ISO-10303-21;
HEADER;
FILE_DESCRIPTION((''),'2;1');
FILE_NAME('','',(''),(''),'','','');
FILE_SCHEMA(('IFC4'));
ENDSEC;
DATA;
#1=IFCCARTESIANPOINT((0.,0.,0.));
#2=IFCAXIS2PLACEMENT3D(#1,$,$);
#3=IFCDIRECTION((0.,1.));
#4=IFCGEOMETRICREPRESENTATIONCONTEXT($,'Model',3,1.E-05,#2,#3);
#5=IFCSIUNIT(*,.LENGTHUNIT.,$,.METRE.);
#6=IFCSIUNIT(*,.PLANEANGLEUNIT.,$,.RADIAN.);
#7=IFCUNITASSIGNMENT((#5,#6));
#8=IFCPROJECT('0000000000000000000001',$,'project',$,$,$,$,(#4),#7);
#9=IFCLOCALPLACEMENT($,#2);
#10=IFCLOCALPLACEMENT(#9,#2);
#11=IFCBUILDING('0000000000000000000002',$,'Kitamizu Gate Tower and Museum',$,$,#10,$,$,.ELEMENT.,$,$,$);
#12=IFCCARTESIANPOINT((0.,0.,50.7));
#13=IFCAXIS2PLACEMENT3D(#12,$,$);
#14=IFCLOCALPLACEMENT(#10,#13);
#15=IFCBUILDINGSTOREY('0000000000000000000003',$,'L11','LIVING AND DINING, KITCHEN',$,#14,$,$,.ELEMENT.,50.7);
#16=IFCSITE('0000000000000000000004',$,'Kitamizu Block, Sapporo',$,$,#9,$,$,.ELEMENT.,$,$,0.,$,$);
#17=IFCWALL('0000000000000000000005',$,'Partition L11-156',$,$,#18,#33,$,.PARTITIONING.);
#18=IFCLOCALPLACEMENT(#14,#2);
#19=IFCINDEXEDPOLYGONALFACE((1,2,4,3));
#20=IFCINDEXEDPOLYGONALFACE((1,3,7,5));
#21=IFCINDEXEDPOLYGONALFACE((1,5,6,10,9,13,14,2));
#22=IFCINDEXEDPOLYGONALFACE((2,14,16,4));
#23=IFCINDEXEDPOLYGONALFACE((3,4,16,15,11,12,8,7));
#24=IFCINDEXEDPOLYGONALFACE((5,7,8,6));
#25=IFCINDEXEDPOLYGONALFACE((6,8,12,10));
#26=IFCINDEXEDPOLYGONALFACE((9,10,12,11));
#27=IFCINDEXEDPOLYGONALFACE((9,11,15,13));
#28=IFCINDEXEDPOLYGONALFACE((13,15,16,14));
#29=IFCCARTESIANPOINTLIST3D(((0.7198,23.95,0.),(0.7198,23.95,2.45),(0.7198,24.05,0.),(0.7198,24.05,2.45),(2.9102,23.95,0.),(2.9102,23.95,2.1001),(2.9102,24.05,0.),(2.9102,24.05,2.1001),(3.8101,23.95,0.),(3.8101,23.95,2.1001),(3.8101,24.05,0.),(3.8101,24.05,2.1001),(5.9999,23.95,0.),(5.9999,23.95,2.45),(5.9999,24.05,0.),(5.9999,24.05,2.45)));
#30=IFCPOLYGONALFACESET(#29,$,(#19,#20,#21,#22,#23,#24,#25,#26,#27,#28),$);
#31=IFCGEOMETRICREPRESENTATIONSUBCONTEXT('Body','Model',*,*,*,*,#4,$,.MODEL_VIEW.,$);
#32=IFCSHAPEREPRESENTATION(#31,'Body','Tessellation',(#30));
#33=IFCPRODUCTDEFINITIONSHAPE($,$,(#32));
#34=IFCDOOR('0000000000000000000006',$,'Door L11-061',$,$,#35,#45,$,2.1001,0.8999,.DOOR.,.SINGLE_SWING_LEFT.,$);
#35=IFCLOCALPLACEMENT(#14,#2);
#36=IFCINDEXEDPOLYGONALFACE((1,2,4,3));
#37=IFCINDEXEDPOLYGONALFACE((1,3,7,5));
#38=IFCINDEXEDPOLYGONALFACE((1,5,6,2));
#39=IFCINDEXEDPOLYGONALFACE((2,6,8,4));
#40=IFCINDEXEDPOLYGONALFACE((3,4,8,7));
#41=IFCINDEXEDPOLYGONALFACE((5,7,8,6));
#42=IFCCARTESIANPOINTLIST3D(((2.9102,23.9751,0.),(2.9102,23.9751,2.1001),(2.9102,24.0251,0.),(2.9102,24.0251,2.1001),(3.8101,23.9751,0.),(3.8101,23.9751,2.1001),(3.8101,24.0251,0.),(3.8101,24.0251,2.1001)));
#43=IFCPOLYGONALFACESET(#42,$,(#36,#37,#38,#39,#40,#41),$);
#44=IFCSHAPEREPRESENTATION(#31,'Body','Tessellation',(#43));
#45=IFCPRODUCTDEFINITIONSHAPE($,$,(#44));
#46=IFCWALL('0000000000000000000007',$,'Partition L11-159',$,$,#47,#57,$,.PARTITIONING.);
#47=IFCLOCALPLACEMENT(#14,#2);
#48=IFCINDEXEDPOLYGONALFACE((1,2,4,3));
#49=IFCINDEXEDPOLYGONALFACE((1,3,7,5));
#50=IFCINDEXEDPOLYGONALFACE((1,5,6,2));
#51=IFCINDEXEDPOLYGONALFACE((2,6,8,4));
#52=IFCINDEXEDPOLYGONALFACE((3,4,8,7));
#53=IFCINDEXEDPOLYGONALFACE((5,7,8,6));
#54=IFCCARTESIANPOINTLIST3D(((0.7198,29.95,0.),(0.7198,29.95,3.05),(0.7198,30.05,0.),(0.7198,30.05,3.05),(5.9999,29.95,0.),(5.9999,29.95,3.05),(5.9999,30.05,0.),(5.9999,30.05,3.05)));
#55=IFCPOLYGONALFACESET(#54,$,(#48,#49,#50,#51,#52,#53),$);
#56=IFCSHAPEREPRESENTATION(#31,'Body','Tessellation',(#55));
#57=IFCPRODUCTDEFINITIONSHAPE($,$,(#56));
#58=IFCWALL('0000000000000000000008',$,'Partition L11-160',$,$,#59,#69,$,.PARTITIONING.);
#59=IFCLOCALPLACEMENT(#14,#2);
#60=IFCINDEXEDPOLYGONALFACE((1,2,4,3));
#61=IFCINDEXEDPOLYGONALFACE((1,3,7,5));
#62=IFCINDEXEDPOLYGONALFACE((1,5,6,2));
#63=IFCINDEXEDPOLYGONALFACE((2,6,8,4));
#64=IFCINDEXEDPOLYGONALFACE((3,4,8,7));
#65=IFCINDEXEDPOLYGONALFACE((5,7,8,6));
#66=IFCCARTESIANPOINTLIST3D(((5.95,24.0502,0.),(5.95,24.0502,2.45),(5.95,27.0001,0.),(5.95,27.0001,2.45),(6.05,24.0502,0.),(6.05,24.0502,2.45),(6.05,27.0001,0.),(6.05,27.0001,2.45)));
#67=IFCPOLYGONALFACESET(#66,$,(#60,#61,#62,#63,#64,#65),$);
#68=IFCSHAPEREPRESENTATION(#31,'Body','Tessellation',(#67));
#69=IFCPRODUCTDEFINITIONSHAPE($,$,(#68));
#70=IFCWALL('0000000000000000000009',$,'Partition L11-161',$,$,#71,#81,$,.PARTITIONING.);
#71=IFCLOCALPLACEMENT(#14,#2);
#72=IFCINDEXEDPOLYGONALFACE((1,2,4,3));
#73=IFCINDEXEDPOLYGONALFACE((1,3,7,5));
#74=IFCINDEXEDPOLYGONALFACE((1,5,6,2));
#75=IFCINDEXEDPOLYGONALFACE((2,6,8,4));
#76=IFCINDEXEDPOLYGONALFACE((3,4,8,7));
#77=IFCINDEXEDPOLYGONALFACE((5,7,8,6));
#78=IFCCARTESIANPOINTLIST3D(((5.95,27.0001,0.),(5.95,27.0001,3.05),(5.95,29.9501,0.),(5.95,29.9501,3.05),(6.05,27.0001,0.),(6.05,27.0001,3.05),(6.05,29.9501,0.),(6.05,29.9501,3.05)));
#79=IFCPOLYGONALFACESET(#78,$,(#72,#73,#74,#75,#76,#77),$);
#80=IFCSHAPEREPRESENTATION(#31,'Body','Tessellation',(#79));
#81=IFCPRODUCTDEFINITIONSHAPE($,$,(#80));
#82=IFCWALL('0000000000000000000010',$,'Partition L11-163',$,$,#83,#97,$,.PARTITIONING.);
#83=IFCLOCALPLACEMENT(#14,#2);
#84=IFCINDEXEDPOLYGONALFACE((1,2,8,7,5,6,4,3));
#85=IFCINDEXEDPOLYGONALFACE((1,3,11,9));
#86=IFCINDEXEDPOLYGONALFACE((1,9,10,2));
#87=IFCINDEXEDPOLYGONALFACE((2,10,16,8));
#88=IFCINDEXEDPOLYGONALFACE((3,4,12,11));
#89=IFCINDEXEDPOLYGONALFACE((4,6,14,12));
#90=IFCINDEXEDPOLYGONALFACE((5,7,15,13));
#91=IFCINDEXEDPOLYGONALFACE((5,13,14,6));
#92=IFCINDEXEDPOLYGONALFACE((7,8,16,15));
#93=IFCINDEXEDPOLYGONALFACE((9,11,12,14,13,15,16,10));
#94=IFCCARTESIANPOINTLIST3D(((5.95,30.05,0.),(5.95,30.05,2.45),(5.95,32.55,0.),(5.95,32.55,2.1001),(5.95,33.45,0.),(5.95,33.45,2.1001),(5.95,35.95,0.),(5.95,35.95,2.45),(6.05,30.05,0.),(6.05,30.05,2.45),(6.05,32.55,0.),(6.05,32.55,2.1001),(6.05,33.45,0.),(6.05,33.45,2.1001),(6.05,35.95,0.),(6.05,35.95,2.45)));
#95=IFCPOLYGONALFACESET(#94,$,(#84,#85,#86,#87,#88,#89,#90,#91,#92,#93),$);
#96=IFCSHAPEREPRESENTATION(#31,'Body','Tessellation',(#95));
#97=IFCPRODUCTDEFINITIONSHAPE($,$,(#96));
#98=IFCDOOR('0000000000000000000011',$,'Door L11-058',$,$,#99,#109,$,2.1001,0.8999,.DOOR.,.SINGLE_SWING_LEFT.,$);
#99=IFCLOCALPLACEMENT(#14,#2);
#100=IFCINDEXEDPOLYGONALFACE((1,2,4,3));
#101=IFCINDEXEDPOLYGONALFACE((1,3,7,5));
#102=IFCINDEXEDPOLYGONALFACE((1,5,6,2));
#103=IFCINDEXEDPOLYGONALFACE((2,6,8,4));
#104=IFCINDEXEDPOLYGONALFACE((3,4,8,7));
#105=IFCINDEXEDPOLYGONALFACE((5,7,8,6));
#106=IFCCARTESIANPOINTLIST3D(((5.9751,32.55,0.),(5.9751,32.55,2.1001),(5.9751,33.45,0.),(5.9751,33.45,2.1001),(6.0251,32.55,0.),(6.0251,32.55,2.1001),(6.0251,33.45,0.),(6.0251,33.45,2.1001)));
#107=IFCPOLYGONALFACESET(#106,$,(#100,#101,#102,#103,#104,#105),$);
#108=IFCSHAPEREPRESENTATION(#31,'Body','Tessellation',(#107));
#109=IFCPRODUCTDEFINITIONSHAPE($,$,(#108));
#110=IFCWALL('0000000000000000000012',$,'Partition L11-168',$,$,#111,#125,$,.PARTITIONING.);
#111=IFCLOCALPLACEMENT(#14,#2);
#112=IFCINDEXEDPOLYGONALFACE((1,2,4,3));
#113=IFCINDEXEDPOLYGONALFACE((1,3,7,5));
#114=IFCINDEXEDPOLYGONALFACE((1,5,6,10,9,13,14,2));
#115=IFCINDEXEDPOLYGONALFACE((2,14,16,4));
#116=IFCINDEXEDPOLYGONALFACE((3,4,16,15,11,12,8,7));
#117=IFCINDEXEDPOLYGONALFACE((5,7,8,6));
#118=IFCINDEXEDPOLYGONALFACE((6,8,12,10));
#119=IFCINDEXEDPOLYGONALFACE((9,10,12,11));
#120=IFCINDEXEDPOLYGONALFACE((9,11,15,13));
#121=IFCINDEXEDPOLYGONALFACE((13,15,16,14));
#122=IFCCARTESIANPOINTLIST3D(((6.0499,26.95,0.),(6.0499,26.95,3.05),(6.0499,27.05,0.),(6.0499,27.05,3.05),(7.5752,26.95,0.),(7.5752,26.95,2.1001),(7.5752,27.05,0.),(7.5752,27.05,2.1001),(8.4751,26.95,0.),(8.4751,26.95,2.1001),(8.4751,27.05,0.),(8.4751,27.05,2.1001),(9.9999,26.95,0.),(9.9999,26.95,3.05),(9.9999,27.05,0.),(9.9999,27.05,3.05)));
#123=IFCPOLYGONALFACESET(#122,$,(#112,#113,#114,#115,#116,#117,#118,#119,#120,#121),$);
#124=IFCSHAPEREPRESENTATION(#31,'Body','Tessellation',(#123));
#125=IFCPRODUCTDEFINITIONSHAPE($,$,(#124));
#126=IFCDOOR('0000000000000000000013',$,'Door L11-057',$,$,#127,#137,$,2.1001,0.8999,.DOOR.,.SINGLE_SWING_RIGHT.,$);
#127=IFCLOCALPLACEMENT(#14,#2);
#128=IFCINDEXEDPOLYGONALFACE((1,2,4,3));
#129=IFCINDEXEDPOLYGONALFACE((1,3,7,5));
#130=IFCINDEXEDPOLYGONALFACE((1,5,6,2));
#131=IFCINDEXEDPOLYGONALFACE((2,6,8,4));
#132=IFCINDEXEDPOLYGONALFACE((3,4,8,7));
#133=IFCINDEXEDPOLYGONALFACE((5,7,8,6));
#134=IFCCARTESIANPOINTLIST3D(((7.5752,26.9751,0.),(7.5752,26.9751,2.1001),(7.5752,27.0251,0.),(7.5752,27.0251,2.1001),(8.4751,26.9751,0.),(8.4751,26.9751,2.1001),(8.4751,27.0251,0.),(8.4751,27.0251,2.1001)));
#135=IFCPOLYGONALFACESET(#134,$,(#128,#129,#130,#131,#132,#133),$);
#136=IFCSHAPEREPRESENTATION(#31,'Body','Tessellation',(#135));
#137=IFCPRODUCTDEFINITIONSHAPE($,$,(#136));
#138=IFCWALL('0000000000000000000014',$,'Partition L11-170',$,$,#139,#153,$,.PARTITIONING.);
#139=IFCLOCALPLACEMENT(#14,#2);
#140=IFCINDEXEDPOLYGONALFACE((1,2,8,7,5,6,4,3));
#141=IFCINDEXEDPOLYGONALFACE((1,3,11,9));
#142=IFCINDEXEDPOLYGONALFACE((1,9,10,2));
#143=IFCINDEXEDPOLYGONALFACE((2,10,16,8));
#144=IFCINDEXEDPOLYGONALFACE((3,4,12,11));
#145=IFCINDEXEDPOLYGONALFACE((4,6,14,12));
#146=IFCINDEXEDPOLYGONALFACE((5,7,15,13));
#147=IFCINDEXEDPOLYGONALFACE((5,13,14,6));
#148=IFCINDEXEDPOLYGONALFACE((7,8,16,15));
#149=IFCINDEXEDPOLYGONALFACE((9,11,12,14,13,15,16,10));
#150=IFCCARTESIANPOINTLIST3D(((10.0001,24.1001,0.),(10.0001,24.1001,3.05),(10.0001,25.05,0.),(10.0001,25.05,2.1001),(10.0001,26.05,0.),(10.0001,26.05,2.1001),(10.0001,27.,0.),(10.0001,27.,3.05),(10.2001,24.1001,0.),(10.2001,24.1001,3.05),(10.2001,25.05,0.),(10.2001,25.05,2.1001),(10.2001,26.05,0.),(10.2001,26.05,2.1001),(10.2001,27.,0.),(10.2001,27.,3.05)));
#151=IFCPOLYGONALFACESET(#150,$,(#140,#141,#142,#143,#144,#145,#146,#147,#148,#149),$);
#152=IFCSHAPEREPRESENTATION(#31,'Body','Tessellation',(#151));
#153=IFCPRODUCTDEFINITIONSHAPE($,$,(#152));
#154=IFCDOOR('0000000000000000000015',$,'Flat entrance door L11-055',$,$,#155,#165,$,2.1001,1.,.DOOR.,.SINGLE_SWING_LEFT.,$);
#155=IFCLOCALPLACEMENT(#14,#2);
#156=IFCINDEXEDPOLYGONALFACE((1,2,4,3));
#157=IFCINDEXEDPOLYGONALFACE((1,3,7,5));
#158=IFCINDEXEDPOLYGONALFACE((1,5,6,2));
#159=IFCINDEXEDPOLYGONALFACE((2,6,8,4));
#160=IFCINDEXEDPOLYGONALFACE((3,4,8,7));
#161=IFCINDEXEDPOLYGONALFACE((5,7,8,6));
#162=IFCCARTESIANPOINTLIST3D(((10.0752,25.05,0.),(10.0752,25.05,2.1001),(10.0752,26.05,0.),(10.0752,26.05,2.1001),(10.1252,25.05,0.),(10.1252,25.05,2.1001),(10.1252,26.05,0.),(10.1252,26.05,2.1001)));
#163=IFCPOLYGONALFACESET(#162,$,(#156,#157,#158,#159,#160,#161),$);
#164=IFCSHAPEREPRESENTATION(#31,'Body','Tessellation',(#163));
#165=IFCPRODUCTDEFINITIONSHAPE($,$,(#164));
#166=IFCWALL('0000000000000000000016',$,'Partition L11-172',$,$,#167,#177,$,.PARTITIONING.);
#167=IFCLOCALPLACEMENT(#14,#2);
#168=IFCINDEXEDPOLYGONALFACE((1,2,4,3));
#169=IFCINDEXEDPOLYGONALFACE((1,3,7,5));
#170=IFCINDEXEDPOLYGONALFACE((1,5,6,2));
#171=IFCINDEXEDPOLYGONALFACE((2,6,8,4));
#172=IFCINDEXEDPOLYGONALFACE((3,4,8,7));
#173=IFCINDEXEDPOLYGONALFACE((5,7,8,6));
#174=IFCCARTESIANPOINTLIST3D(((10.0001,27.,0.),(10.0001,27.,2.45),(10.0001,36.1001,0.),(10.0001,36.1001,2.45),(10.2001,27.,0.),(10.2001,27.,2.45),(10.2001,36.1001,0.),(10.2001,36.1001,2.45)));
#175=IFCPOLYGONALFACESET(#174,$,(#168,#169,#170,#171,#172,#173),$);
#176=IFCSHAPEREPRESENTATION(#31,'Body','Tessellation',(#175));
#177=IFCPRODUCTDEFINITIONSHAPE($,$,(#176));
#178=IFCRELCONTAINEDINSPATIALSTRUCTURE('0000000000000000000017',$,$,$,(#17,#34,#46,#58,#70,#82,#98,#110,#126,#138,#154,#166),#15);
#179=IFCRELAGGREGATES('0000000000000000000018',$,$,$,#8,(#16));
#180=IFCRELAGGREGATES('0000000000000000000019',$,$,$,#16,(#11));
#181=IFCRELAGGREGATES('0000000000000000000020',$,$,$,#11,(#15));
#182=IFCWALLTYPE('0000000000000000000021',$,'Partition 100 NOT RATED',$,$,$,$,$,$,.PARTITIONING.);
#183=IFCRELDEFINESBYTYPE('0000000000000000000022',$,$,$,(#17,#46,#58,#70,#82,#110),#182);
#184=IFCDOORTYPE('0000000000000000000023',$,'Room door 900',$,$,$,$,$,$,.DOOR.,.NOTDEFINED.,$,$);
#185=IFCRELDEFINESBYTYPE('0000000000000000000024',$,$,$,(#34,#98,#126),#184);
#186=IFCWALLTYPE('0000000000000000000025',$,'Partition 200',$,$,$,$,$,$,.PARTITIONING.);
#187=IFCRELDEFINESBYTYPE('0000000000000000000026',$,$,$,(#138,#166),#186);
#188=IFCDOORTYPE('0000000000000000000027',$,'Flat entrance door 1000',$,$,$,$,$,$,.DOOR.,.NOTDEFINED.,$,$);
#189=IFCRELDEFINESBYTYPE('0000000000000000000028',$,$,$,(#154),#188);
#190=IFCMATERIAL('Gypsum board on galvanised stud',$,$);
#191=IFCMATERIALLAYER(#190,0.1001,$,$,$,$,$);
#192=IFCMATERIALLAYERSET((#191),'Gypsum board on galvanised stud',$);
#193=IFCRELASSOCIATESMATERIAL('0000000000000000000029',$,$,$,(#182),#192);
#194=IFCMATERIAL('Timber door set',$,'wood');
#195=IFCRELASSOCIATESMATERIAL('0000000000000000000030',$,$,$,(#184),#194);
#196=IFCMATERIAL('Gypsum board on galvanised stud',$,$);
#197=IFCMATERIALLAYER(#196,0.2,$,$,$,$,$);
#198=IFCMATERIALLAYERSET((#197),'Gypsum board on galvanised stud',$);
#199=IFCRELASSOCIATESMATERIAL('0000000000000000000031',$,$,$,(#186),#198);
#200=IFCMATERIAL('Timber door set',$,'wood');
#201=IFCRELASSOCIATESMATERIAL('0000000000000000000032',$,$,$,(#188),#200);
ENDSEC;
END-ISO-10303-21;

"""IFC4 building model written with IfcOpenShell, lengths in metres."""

from ifc_helpers import new_model, si_unit, direction, frame, frame_2d, origin, place, context, subcontext, project, spatial, rectangle, extrude, material, layer, layer_set, type_object, element, fill, save


model = new_model("IFC4")

# Units and contexts
model_context = context("Model", 3, precision=1e-05, world=origin(), true_north=direction((0.0, 1.0)))
body_context = subcontext(model_context, "Body", "Model", "MODEL_VIEW")
ifc_project = project(units=[si_unit("LENGTHUNIT", "METRE"), si_unit("PLANEANGLEUNIT", "RADIAN")], contexts=[model_context])

# Site, building, storey
site_placement = place(None, origin())
site = spatial("IfcSite", under=ifc_project, at=site_placement, Name="Kitamizu Block, Sapporo", CompositionType="ELEMENT", RefElevation=0.0)
building_placement = place(site_placement, origin())
building = spatial("IfcBuilding", under=site, at=building_placement, Name="Kitamizu Gate Tower and Museum", CompositionType="ELEMENT")
storey_placement = place(building_placement, frame((0.0, 0.0, 50.7)))
storey = spatial("IfcBuildingStorey", under=building, at=storey_placement, Name="L11", Description="LIVING AND DINING, KITCHEN", CompositionType="ELEMENT", Elevation=50.7)

# Wall, opening, door
ifc_material_1 = material(Name="Gypsum board on galvanised stud")
ifc_layer_1 = layer(ifc_material_1, 0.1001)
ifc_layer_set_1 = layer_set([ifc_layer_1], Name="Gypsum board on galvanised stud")
wall_type_1 = type_object("IfcWallType", Name="Partition 100 NOT RATED", PredefinedType="PARTITIONING", material=ifc_layer_set_1)
wall_1_placement = place(storey_placement, frame((6.0, 24.0, 0.0), z_axis=(0.0, 0.0, 1.0), x_axis=(-1.0, 0.0, 0.0)))
wall_1 = element("IfcWall", 1, at=wall_1_placement, inside=storey, type_object=wall_type_1, Name="Partition L11-156", PredefinedType="PARTITIONING", context=body_context, shape_type="SweptSolid", body=[
    extrude(rectangle(XDim=5.28, YDim=0.1001, at=frame_2d((2.6401, 0.0))), origin(), (0.0, 0.0, 1.0), 2.45),
])
opening_1_placement = place(wall_1_placement, frame((2.1899, 0.0, 0.0)))
opening_1 = element("IfcOpeningElement", 2, at=opening_1_placement, cuts=wall_1, PredefinedType="OPENING", context=body_context, shape_type="SweptSolid", body=[
    extrude(rectangle(XDim=0.8999, YDim=2.1001, at=frame_2d((0.45, 1.05))), frame((0.0, 0.0601, 0.0), z_axis=(0.0, -1.0, 0.0), x_axis=(1.0, 0.0, 0.0)), (0.0, 0.0, 1.0), 0.1201),
])
ifc_material_2 = material(Name="Timber door set", Category="wood")
door_type_1 = type_object("IfcDoorType", Name="Room door 900", OperationType="NOTDEFINED", PredefinedType="DOOR", material=ifc_material_2)
door_1_placement = place(opening_1_placement, origin())
door_1 = element("IfcDoor", 3, at=door_1_placement, inside=storey, type_object=door_type_1, Name="Door L11-061", OperationType="SINGLE_SWING_LEFT", OverallHeight=2.1001, OverallWidth=0.8999, PredefinedType="DOOR", context=body_context, shape_type="SweptSolid", body=[
    extrude(rectangle(XDim=0.8999, YDim=2.1001, at=frame_2d((0.45, 1.05))), frame((0.0, 0.0249, 0.0), z_axis=(0.0, -1.0, 0.0), x_axis=(1.0, 0.0, 0.0)), (0.0, 0.0, 1.0), 0.05),
])
fill(opening_1, door_1)

# Walls
wall_2_placement = place(storey_placement, frame((6.0, 30.0, 0.0), z_axis=(0.0, 0.0, 1.0), x_axis=(-1.0, 0.0, 0.0)))
element("IfcWall", 4, at=wall_2_placement, inside=storey, type_object=wall_type_1, Name="Partition L11-159", PredefinedType="PARTITIONING", context=body_context, shape_type="SweptSolid", body=[
    extrude(rectangle(XDim=5.28, YDim=0.1001, at=frame_2d((2.6401, 0.0))), origin(), (0.0, 0.0, 1.0), 3.05),
])
wall_3_placement = place(storey_placement, frame((6.0, 24.05, 0.0), z_axis=(0.0, 0.0, 1.0), x_axis=(0.0, 1.0, 0.0)))
element("IfcWall", 5, at=wall_3_placement, inside=storey, type_object=wall_type_1, Name="Partition L11-160", PredefinedType="PARTITIONING", context=body_context, shape_type="SweptSolid", body=[
    extrude(rectangle(XDim=2.95, YDim=0.1001, at=frame_2d((1.4751, 0.0))), origin(), (0.0, 0.0, 1.0), 2.45),
])
wall_4_placement = place(storey_placement, frame((6.0, 27.0, 0.0), z_axis=(0.0, 0.0, 1.0), x_axis=(0.0, 1.0, 0.0)))
element("IfcWall", 6, at=wall_4_placement, inside=storey, type_object=wall_type_1, Name="Partition L11-161", PredefinedType="PARTITIONING", context=body_context, shape_type="SweptSolid", body=[
    extrude(rectangle(XDim=2.95, YDim=0.1001, at=frame_2d((1.4751, 0.0))), origin(), (0.0, 0.0, 1.0), 3.05),
])

# Walls, openings, doors
wall_5_placement = place(storey_placement, frame((6.0, 30.05, 0.0), z_axis=(0.0, 0.0, 1.0), x_axis=(0.0, 1.0, 0.0)))
wall_5 = element("IfcWall", 7, at=wall_5_placement, inside=storey, type_object=wall_type_1, Name="Partition L11-163", PredefinedType="PARTITIONING", context=body_context, shape_type="SweptSolid", body=[
    extrude(rectangle(XDim=5.8999, YDim=0.1001, at=frame_2d((2.95, 0.0))), origin(), (0.0, 0.0, 1.0), 2.45),
])
opening_2_placement = place(wall_5_placement, frame((2.5, 0.0, 0.0)))
opening_2 = element("IfcOpeningElement", 8, at=opening_2_placement, cuts=wall_5, PredefinedType="OPENING", context=body_context, shape_type="SweptSolid", body=[
    extrude(rectangle(XDim=0.8999, YDim=2.1001, at=frame_2d((0.45, 1.05))), frame((0.0, 0.0601, 0.0), z_axis=(0.0, -1.0, 0.0), x_axis=(1.0, 0.0, 0.0)), (0.0, 0.0, 1.0), 0.1201),
])
door_2_placement = place(opening_2_placement, origin())
door_2 = element("IfcDoor", 9, at=door_2_placement, inside=storey, type_object=door_type_1, Name="Door L11-058", OperationType="SINGLE_SWING_LEFT", OverallHeight=2.1001, OverallWidth=0.8999, PredefinedType="DOOR", context=body_context, shape_type="SweptSolid", body=[
    extrude(rectangle(XDim=0.8999, YDim=2.1001, at=frame_2d((0.45, 1.05))), frame((0.0, 0.0249, 0.0), z_axis=(0.0, -1.0, 0.0), x_axis=(1.0, 0.0, 0.0)), (0.0, 0.0, 1.0), 0.05),
])
fill(opening_2, door_2)
wall_6_placement = place(storey_placement, frame((10.0, 27.0, 0.0), z_axis=(0.0, 0.0, 1.0), x_axis=(-1.0, 0.0, 0.0)))
wall_6 = element("IfcWall", 10, at=wall_6_placement, inside=storey, type_object=wall_type_1, Name="Partition L11-168", PredefinedType="PARTITIONING", context=body_context, shape_type="SweptSolid", body=[
    extrude(rectangle(XDim=3.95, YDim=0.1001, at=frame_2d((1.9751, 0.0))), origin(), (0.0, 0.0, 1.0), 3.05),
])
opening_3_placement = place(wall_6_placement, frame((1.5249, 0.0, 0.0)))
opening_3 = element("IfcOpeningElement", 11, at=opening_3_placement, cuts=wall_6, PredefinedType="OPENING", context=body_context, shape_type="SweptSolid", body=[
    extrude(rectangle(XDim=0.8999, YDim=2.1001, at=frame_2d((0.45, 1.05))), frame((0.0, 0.0601, 0.0), z_axis=(0.0, -1.0, 0.0), x_axis=(1.0, 0.0, 0.0)), (0.0, 0.0, 1.0), 0.1201),
])
door_3_placement = place(opening_3_placement, origin())
door_3 = element("IfcDoor", 12, at=door_3_placement, inside=storey, type_object=door_type_1, Name="Door L11-057", OperationType="SINGLE_SWING_RIGHT", OverallHeight=2.1001, OverallWidth=0.8999, PredefinedType="DOOR", context=body_context, shape_type="SweptSolid", body=[
    extrude(rectangle(XDim=0.8999, YDim=2.1001, at=frame_2d((0.45, 1.05))), frame((0.0, 0.0249, 0.0), z_axis=(0.0, -1.0, 0.0), x_axis=(1.0, 0.0, 0.0)), (0.0, 0.0, 1.0), 0.05),
])
fill(opening_3, door_3)
ifc_material_3 = material(Name="Gypsum board on galvanised stud")
ifc_layer_2 = layer(ifc_material_3, 0.2)
ifc_layer_set_2 = layer_set([ifc_layer_2], Name="Gypsum board on galvanised stud")
wall_type_2 = type_object("IfcWallType", Name="Partition 200", PredefinedType="PARTITIONING", material=ifc_layer_set_2)
wall_7_placement = place(storey_placement, frame((10.1001, 24.1001, 0.0), z_axis=(0.0, 0.0, 1.0), x_axis=(0.0, 1.0, 0.0)))
wall_7 = element("IfcWall", 13, at=wall_7_placement, inside=storey, type_object=wall_type_2, Name="Partition L11-170", PredefinedType="PARTITIONING", context=body_context, shape_type="SweptSolid", body=[
    extrude(rectangle(XDim=2.8999, YDim=0.2, at=frame_2d((1.45, 0.0))), origin(), (0.0, 0.0, 1.0), 3.05),
])
opening_4_placement = place(wall_7_placement, frame((0.95, 0.0, 0.0)))
opening_4 = element("IfcOpeningElement", 14, at=opening_4_placement, cuts=wall_7, PredefinedType="OPENING", context=body_context, shape_type="SweptSolid", body=[
    extrude(rectangle(XDim=1.0, YDim=2.1001, at=frame_2d((0.5, 1.05))), frame((0.0, 0.1099, 0.0), z_axis=(0.0, -1.0, 0.0), x_axis=(1.0, 0.0, 0.0)), (0.0, 0.0, 1.0), 0.22),
])
ifc_material_4 = material(Name="Timber door set", Category="wood")
door_type_2 = type_object("IfcDoorType", Name="Flat entrance door 1000", OperationType="NOTDEFINED", PredefinedType="DOOR", material=ifc_material_4)
door_4_placement = place(opening_4_placement, origin())
door_4 = element("IfcDoor", 15, at=door_4_placement, inside=storey, type_object=door_type_2, Name="Flat entrance door L11-055", OperationType="SINGLE_SWING_LEFT", OverallHeight=2.1001, OverallWidth=1.0, PredefinedType="DOOR", context=body_context, shape_type="SweptSolid", body=[
    extrude(rectangle(XDim=1.0, YDim=2.1001, at=frame_2d((0.5, 1.05))), frame((0.0, 0.0249, 0.0), z_axis=(0.0, -1.0, 0.0), x_axis=(1.0, 0.0, 0.0)), (0.0, 0.0, 1.0), 0.05),
])
fill(opening_4, door_4)

# Wall
wall_8_placement = place(storey_placement, frame((10.1001, 27.0, 0.0), z_axis=(0.0, 0.0, 1.0), x_axis=(0.0, 1.0, 0.0)))
element("IfcWall", 16, at=wall_8_placement, inside=storey, type_object=wall_type_2, Name="Partition L11-172", PredefinedType="PARTITIONING", context=body_context, shape_type="SweptSolid", body=[
    extrude(rectangle(XDim=9.1001, YDim=0.2, at=frame_2d((4.55, 0.0))), origin(), (0.0, 0.0, 1.0), 2.45),
])

save(model, "model.ifc")
